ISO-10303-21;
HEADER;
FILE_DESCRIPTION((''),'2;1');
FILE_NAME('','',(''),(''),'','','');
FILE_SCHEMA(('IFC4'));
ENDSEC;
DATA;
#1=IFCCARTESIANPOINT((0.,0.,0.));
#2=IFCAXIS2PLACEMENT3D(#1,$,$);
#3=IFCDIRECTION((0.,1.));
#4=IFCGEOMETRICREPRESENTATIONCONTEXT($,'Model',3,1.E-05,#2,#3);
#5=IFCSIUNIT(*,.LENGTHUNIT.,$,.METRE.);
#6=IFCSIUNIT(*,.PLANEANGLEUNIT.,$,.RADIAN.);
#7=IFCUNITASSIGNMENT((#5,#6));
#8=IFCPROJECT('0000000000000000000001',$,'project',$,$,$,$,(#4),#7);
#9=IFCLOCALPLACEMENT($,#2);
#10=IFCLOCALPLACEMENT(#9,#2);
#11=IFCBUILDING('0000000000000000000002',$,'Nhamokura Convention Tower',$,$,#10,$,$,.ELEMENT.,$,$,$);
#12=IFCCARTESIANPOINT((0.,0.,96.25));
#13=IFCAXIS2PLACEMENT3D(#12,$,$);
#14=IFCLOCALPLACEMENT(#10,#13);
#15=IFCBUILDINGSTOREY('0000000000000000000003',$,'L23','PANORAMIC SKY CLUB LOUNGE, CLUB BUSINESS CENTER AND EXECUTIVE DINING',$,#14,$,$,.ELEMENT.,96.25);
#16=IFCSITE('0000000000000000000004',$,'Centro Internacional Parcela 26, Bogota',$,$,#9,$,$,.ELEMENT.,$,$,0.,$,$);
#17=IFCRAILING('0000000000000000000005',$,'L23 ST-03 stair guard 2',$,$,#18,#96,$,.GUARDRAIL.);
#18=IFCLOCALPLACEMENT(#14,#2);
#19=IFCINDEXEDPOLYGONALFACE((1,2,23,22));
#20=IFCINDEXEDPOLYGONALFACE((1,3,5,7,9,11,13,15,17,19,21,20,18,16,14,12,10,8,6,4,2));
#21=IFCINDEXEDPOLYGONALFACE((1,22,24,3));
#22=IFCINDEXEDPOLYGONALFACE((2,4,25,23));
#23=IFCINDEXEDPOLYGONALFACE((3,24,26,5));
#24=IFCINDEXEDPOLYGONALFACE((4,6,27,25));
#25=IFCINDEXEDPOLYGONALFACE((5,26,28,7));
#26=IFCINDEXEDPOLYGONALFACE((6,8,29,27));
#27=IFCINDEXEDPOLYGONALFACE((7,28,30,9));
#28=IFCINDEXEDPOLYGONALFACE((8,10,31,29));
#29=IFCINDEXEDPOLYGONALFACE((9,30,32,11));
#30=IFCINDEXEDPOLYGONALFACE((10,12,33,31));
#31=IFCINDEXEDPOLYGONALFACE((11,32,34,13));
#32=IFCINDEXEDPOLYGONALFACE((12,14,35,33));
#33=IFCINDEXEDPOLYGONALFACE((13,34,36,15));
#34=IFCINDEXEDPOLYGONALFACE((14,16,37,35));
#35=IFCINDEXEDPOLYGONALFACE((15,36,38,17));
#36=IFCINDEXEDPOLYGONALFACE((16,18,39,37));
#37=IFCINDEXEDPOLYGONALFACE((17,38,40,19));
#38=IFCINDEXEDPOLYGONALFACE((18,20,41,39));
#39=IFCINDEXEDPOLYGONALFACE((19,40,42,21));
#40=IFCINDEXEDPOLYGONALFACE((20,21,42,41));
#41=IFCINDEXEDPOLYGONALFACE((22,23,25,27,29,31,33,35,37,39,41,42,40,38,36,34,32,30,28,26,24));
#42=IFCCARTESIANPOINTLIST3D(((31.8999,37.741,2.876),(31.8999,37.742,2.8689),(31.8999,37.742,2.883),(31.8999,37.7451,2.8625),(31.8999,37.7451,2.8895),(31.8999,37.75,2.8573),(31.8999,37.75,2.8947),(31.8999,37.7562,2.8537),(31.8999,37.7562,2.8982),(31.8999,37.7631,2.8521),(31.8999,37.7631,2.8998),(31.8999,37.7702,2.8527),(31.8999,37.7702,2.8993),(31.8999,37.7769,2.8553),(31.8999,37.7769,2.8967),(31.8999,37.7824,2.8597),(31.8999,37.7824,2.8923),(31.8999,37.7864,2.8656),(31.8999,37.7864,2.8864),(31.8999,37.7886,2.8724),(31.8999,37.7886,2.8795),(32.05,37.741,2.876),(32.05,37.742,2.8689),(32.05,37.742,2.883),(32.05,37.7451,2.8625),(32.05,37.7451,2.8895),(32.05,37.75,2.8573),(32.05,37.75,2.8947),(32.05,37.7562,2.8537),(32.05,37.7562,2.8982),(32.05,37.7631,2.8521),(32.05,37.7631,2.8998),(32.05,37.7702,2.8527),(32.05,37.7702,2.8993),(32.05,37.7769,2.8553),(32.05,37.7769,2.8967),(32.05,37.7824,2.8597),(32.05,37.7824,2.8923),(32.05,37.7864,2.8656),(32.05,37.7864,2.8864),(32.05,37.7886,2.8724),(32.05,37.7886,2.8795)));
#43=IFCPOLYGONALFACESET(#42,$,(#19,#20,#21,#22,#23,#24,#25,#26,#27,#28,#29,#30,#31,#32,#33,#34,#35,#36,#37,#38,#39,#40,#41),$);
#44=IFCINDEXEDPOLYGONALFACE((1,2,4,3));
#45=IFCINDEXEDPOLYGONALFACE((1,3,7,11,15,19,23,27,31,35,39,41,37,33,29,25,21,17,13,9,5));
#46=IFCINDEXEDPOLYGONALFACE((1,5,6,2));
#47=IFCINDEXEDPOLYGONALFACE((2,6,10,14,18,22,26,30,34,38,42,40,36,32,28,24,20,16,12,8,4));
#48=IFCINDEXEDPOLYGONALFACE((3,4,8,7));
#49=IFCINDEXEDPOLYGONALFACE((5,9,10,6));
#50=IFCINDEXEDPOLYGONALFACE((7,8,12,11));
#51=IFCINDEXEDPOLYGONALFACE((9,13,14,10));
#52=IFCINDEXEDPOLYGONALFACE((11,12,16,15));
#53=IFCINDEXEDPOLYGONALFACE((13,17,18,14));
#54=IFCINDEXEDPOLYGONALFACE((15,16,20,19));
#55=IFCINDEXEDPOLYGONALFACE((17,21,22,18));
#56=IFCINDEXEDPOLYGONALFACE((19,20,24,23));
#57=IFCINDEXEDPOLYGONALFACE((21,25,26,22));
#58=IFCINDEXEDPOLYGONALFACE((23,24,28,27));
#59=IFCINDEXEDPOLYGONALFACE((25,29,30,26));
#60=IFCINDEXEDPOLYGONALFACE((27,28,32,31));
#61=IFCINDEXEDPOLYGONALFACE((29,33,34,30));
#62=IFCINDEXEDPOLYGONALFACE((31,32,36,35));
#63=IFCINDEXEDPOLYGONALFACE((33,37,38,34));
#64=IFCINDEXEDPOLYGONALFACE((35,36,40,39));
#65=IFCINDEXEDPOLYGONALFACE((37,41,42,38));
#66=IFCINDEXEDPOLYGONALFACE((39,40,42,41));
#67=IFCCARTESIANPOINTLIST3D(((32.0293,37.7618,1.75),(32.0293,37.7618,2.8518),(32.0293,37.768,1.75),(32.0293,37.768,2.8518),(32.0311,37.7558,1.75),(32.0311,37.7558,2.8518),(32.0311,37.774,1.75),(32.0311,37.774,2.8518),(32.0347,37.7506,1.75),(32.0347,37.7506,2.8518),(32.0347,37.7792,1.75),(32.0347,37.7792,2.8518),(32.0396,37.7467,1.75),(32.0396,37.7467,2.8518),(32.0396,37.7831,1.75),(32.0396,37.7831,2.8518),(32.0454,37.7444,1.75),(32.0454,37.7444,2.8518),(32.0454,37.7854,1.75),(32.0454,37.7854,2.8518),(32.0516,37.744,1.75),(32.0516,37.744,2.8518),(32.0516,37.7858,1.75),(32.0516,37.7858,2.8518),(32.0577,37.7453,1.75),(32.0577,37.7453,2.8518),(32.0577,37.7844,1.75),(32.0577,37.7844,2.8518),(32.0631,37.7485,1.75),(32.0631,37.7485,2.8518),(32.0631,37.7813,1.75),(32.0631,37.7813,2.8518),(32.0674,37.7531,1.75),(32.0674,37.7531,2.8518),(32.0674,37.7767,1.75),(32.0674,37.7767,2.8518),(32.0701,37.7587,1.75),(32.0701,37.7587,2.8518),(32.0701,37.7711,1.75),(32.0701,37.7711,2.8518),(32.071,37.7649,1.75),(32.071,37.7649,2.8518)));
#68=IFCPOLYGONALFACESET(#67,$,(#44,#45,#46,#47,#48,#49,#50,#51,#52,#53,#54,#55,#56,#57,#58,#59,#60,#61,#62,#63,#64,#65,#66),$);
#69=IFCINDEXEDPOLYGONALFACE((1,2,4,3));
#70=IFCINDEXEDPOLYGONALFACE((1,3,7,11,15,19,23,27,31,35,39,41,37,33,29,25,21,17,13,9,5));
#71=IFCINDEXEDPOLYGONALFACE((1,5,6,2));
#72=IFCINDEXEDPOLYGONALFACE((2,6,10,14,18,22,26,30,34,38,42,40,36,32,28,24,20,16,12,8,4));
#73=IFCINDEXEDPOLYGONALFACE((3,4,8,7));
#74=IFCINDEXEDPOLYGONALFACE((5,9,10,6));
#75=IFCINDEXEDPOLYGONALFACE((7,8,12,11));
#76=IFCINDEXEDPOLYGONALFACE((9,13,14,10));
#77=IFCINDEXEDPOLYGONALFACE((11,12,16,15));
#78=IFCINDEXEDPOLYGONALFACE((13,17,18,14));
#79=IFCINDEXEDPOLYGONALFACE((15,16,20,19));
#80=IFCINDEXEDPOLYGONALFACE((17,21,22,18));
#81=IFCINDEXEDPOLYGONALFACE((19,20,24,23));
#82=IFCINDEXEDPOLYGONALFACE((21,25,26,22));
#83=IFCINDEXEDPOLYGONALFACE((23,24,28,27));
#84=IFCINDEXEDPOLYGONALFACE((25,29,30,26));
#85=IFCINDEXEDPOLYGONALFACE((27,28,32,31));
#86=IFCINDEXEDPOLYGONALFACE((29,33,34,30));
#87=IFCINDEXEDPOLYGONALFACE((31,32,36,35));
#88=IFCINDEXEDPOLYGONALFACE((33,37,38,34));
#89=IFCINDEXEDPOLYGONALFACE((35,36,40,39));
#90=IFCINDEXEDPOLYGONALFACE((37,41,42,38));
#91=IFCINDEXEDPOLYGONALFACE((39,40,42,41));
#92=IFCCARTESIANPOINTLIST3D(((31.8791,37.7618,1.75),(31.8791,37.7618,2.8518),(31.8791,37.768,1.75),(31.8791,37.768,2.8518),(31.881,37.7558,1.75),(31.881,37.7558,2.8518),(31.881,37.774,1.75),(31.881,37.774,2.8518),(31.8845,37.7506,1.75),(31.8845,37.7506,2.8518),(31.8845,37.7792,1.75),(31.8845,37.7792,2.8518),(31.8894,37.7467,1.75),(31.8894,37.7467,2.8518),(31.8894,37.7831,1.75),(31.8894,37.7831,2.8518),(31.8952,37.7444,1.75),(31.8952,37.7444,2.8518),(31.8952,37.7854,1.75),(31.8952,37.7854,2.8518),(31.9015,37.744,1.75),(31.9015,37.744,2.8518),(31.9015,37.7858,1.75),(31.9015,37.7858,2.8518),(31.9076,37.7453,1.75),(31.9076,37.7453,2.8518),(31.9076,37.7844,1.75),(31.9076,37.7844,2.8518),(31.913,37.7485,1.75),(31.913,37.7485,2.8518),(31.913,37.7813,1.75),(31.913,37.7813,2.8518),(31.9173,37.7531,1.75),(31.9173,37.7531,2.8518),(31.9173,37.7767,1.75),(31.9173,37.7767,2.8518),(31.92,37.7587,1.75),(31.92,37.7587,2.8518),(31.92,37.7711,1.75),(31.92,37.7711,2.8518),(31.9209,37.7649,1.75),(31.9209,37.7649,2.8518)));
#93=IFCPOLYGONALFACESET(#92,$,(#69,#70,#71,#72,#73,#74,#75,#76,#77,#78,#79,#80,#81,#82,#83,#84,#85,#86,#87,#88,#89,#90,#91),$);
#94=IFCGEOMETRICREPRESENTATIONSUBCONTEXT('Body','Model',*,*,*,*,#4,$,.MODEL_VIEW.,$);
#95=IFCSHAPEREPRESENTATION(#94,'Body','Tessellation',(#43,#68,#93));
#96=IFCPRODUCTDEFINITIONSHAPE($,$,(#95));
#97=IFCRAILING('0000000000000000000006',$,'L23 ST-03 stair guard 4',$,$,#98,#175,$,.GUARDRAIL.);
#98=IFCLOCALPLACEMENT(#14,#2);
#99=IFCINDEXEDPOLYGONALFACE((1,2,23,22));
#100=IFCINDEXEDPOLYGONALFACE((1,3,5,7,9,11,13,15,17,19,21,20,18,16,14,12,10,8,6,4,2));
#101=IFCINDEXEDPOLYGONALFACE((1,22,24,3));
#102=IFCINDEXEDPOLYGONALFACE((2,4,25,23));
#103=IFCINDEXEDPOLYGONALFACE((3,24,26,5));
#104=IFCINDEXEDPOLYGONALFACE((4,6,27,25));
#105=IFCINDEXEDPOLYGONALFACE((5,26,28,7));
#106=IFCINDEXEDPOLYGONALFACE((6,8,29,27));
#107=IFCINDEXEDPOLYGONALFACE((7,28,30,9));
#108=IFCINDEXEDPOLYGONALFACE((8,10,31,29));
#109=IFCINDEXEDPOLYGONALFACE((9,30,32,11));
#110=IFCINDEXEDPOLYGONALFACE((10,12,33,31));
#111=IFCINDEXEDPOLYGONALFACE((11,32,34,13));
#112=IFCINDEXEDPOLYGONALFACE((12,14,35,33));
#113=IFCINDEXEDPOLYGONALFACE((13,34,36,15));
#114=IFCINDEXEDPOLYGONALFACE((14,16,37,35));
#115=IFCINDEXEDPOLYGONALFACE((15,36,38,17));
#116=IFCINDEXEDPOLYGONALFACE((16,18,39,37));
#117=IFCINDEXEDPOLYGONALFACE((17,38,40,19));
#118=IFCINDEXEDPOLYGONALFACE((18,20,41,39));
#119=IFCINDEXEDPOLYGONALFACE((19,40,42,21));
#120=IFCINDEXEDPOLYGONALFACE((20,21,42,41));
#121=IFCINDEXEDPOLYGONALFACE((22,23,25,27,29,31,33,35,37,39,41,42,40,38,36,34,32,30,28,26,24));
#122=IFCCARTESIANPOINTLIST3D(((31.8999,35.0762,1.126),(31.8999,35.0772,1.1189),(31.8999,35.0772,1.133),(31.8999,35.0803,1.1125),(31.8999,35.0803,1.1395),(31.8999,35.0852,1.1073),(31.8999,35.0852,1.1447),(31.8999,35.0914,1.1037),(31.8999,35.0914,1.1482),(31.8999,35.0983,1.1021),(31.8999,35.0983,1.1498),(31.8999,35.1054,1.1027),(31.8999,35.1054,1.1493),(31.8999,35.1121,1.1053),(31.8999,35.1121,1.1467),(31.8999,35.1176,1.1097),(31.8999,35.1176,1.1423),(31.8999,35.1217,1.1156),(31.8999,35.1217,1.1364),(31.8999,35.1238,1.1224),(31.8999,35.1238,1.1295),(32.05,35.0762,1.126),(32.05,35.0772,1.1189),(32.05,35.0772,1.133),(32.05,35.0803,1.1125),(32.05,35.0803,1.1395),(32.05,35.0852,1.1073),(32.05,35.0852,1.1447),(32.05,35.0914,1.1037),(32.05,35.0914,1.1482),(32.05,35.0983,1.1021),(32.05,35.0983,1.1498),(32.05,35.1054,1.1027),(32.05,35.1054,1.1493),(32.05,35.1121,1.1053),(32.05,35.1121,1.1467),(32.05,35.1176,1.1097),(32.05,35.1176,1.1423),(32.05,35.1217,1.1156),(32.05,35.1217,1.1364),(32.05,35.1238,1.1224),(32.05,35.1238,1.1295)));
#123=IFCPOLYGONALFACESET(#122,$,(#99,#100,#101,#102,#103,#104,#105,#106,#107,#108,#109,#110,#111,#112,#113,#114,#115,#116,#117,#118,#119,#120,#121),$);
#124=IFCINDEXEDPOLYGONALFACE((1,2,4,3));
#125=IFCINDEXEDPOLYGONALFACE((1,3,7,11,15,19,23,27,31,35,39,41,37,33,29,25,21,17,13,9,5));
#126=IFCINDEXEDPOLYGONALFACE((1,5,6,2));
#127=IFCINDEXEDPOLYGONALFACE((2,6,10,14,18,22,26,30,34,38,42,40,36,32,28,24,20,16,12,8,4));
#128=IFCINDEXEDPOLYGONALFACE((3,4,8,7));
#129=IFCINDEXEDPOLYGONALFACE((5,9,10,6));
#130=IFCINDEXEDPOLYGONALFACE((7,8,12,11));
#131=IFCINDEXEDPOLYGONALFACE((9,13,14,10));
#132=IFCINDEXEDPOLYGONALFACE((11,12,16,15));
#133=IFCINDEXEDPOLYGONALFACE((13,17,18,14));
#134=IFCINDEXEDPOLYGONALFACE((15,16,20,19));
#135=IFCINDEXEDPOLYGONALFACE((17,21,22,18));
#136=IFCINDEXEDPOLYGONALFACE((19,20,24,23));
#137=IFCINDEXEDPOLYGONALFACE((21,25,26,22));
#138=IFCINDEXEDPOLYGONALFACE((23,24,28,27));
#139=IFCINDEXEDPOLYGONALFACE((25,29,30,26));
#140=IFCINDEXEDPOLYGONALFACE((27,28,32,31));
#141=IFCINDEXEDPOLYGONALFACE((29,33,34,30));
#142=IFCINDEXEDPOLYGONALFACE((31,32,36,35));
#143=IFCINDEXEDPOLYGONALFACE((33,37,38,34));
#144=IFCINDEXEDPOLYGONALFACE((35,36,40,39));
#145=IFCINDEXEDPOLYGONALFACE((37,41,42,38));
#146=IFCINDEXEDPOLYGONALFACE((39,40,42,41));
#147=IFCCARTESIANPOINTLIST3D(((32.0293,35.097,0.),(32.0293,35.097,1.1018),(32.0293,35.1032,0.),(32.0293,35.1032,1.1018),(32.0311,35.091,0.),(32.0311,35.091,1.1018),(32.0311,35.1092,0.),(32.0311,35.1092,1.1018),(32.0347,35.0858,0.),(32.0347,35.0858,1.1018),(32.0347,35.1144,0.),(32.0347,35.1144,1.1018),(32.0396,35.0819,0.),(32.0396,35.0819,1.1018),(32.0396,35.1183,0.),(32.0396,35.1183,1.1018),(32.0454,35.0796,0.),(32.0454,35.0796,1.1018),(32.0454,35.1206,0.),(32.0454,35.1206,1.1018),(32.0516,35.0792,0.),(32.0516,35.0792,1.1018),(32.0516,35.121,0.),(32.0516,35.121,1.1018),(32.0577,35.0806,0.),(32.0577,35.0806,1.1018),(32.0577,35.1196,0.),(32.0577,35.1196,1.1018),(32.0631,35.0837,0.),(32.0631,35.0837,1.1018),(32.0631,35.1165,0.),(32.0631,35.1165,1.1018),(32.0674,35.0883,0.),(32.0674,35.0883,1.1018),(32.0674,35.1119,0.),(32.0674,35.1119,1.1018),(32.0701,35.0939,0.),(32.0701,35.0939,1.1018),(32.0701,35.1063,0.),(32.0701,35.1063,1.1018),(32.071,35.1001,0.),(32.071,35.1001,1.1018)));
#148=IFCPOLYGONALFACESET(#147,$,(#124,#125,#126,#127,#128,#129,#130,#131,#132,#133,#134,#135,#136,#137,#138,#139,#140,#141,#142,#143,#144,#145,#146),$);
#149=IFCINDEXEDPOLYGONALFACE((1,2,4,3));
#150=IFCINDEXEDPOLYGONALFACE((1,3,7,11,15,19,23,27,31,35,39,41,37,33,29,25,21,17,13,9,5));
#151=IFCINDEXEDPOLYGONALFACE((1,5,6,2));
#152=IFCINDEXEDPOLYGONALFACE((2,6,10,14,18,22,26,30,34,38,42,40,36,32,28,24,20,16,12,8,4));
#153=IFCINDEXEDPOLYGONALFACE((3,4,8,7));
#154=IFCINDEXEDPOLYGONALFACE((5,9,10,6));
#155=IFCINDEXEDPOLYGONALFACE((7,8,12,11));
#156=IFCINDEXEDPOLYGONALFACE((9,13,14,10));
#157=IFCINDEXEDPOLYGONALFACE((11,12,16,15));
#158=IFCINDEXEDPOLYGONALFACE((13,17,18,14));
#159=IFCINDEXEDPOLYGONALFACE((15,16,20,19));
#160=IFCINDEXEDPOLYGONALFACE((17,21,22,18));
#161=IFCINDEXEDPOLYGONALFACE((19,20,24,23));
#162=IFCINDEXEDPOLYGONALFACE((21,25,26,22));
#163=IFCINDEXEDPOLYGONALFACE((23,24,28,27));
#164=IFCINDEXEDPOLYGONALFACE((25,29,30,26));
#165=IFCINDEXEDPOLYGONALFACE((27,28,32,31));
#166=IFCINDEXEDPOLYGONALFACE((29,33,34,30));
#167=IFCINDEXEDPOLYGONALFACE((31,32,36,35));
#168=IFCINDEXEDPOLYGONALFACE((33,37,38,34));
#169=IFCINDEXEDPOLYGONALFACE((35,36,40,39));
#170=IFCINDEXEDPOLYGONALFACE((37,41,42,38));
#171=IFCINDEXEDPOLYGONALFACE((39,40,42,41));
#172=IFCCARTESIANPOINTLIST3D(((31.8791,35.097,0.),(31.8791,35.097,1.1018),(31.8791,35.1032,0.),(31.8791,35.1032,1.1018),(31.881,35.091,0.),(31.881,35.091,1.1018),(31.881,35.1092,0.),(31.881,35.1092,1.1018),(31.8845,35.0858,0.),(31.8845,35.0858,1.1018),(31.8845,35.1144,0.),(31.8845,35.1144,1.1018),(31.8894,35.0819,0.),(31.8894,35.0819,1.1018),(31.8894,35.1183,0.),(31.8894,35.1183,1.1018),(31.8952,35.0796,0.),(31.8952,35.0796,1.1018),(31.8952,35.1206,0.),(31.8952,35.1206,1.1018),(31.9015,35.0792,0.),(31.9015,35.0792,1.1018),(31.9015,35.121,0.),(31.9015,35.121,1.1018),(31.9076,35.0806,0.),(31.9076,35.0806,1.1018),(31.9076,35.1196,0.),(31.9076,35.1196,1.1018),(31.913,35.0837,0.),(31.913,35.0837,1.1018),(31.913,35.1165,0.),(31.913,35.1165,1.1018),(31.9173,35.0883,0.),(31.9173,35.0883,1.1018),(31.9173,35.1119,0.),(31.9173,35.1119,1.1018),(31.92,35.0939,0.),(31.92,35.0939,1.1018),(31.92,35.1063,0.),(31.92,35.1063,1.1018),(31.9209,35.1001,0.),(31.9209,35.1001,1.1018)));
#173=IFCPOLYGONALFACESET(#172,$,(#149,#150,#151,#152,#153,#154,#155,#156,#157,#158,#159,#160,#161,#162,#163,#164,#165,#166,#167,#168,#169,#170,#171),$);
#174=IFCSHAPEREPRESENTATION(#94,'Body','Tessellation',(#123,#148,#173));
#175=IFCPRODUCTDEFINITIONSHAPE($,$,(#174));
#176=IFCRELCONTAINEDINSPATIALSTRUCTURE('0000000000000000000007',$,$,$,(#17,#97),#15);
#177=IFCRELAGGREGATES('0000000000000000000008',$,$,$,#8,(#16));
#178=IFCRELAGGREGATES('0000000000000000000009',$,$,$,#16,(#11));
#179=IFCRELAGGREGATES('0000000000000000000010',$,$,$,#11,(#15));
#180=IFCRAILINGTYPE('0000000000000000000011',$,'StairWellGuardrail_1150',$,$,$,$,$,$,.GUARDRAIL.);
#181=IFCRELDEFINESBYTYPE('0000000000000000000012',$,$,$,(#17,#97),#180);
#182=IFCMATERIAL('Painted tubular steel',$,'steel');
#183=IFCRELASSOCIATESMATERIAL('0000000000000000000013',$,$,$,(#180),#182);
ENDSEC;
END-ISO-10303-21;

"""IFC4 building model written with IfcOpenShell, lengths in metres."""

from ifc_helpers import new_model, si_unit, direction, frame, origin, origin_2d, place, context, subcontext, project, spatial, circle, extrude, material, type_object, element, save


model = new_model("IFC4")

# Units and contexts
model_context = context("Model", 3, precision=1e-05, world=origin(), true_north=direction((0.0, 1.0)))
body_context = subcontext(model_context, "Body", "Model", "MODEL_VIEW")
ifc_project = project(units=[si_unit("LENGTHUNIT", "METRE"), si_unit("PLANEANGLEUNIT", "RADIAN")], contexts=[model_context])

# Site, building, storey
site_placement = place(None, origin())
site = spatial("IfcSite", under=ifc_project, at=site_placement, Name="Centro Internacional Parcela 26, Bogota", CompositionType="ELEMENT", RefElevation=0.0)
building_placement = place(site_placement, origin())
building = spatial("IfcBuilding", under=site, at=building_placement, Name="Nhamokura Convention Tower", CompositionType="ELEMENT")
storey_placement = place(building_placement, frame((0.0, 0.0, 96.25)))
storey = spatial("IfcBuildingStorey", under=building, at=storey_placement, Name="L23", Description="PANORAMIC SKY CLUB LOUNGE, CLUB BUSINESS CENTER AND EXECUTIVE DINING", CompositionType="ELEMENT", Elevation=96.25)

# Railings
ifc_material_1 = material(Name="Painted tubular steel", Category="steel")
railing_type_1 = type_object("IfcRailingType", Name="StairWellGuardrail_1150", PredefinedType="GUARDRAIL", material=ifc_material_1)
for number, where, name in (
    (1, (32.05, 37.7649, 1.75), "L23 ST-03 stair guard 2"),
    (2, (32.05, 35.1001, 0.0), "L23 ST-03 stair guard 4"),
):
    element("IfcRailing", number, at=place(storey_placement, frame(where)), inside=storey, type_object=railing_type_1, Name=name, PredefinedType="GUARDRAIL", context=body_context, shape_type="SweptSolid", body=[
        extrude(circle(Radius=0.0239, at=origin_2d()), frame((0.0, 0.0, 1.126), z_axis=(-1.0, 0.0, 0.0), x_axis=(0.0, -1.0, 0.0)), (0.0, 0.0, 1.0), 0.1501),
        extrude(circle(Radius=0.021, at=origin_2d()), origin(), (0.0, 0.0, 1.0), 1.1018),
        extrude(circle(Radius=0.021, at=origin_2d()), frame((-0.1501, 0.0, 0.0)), (0.0, 0.0, 1.0), 1.1018),
    ])

save(model, "model.ifc")
